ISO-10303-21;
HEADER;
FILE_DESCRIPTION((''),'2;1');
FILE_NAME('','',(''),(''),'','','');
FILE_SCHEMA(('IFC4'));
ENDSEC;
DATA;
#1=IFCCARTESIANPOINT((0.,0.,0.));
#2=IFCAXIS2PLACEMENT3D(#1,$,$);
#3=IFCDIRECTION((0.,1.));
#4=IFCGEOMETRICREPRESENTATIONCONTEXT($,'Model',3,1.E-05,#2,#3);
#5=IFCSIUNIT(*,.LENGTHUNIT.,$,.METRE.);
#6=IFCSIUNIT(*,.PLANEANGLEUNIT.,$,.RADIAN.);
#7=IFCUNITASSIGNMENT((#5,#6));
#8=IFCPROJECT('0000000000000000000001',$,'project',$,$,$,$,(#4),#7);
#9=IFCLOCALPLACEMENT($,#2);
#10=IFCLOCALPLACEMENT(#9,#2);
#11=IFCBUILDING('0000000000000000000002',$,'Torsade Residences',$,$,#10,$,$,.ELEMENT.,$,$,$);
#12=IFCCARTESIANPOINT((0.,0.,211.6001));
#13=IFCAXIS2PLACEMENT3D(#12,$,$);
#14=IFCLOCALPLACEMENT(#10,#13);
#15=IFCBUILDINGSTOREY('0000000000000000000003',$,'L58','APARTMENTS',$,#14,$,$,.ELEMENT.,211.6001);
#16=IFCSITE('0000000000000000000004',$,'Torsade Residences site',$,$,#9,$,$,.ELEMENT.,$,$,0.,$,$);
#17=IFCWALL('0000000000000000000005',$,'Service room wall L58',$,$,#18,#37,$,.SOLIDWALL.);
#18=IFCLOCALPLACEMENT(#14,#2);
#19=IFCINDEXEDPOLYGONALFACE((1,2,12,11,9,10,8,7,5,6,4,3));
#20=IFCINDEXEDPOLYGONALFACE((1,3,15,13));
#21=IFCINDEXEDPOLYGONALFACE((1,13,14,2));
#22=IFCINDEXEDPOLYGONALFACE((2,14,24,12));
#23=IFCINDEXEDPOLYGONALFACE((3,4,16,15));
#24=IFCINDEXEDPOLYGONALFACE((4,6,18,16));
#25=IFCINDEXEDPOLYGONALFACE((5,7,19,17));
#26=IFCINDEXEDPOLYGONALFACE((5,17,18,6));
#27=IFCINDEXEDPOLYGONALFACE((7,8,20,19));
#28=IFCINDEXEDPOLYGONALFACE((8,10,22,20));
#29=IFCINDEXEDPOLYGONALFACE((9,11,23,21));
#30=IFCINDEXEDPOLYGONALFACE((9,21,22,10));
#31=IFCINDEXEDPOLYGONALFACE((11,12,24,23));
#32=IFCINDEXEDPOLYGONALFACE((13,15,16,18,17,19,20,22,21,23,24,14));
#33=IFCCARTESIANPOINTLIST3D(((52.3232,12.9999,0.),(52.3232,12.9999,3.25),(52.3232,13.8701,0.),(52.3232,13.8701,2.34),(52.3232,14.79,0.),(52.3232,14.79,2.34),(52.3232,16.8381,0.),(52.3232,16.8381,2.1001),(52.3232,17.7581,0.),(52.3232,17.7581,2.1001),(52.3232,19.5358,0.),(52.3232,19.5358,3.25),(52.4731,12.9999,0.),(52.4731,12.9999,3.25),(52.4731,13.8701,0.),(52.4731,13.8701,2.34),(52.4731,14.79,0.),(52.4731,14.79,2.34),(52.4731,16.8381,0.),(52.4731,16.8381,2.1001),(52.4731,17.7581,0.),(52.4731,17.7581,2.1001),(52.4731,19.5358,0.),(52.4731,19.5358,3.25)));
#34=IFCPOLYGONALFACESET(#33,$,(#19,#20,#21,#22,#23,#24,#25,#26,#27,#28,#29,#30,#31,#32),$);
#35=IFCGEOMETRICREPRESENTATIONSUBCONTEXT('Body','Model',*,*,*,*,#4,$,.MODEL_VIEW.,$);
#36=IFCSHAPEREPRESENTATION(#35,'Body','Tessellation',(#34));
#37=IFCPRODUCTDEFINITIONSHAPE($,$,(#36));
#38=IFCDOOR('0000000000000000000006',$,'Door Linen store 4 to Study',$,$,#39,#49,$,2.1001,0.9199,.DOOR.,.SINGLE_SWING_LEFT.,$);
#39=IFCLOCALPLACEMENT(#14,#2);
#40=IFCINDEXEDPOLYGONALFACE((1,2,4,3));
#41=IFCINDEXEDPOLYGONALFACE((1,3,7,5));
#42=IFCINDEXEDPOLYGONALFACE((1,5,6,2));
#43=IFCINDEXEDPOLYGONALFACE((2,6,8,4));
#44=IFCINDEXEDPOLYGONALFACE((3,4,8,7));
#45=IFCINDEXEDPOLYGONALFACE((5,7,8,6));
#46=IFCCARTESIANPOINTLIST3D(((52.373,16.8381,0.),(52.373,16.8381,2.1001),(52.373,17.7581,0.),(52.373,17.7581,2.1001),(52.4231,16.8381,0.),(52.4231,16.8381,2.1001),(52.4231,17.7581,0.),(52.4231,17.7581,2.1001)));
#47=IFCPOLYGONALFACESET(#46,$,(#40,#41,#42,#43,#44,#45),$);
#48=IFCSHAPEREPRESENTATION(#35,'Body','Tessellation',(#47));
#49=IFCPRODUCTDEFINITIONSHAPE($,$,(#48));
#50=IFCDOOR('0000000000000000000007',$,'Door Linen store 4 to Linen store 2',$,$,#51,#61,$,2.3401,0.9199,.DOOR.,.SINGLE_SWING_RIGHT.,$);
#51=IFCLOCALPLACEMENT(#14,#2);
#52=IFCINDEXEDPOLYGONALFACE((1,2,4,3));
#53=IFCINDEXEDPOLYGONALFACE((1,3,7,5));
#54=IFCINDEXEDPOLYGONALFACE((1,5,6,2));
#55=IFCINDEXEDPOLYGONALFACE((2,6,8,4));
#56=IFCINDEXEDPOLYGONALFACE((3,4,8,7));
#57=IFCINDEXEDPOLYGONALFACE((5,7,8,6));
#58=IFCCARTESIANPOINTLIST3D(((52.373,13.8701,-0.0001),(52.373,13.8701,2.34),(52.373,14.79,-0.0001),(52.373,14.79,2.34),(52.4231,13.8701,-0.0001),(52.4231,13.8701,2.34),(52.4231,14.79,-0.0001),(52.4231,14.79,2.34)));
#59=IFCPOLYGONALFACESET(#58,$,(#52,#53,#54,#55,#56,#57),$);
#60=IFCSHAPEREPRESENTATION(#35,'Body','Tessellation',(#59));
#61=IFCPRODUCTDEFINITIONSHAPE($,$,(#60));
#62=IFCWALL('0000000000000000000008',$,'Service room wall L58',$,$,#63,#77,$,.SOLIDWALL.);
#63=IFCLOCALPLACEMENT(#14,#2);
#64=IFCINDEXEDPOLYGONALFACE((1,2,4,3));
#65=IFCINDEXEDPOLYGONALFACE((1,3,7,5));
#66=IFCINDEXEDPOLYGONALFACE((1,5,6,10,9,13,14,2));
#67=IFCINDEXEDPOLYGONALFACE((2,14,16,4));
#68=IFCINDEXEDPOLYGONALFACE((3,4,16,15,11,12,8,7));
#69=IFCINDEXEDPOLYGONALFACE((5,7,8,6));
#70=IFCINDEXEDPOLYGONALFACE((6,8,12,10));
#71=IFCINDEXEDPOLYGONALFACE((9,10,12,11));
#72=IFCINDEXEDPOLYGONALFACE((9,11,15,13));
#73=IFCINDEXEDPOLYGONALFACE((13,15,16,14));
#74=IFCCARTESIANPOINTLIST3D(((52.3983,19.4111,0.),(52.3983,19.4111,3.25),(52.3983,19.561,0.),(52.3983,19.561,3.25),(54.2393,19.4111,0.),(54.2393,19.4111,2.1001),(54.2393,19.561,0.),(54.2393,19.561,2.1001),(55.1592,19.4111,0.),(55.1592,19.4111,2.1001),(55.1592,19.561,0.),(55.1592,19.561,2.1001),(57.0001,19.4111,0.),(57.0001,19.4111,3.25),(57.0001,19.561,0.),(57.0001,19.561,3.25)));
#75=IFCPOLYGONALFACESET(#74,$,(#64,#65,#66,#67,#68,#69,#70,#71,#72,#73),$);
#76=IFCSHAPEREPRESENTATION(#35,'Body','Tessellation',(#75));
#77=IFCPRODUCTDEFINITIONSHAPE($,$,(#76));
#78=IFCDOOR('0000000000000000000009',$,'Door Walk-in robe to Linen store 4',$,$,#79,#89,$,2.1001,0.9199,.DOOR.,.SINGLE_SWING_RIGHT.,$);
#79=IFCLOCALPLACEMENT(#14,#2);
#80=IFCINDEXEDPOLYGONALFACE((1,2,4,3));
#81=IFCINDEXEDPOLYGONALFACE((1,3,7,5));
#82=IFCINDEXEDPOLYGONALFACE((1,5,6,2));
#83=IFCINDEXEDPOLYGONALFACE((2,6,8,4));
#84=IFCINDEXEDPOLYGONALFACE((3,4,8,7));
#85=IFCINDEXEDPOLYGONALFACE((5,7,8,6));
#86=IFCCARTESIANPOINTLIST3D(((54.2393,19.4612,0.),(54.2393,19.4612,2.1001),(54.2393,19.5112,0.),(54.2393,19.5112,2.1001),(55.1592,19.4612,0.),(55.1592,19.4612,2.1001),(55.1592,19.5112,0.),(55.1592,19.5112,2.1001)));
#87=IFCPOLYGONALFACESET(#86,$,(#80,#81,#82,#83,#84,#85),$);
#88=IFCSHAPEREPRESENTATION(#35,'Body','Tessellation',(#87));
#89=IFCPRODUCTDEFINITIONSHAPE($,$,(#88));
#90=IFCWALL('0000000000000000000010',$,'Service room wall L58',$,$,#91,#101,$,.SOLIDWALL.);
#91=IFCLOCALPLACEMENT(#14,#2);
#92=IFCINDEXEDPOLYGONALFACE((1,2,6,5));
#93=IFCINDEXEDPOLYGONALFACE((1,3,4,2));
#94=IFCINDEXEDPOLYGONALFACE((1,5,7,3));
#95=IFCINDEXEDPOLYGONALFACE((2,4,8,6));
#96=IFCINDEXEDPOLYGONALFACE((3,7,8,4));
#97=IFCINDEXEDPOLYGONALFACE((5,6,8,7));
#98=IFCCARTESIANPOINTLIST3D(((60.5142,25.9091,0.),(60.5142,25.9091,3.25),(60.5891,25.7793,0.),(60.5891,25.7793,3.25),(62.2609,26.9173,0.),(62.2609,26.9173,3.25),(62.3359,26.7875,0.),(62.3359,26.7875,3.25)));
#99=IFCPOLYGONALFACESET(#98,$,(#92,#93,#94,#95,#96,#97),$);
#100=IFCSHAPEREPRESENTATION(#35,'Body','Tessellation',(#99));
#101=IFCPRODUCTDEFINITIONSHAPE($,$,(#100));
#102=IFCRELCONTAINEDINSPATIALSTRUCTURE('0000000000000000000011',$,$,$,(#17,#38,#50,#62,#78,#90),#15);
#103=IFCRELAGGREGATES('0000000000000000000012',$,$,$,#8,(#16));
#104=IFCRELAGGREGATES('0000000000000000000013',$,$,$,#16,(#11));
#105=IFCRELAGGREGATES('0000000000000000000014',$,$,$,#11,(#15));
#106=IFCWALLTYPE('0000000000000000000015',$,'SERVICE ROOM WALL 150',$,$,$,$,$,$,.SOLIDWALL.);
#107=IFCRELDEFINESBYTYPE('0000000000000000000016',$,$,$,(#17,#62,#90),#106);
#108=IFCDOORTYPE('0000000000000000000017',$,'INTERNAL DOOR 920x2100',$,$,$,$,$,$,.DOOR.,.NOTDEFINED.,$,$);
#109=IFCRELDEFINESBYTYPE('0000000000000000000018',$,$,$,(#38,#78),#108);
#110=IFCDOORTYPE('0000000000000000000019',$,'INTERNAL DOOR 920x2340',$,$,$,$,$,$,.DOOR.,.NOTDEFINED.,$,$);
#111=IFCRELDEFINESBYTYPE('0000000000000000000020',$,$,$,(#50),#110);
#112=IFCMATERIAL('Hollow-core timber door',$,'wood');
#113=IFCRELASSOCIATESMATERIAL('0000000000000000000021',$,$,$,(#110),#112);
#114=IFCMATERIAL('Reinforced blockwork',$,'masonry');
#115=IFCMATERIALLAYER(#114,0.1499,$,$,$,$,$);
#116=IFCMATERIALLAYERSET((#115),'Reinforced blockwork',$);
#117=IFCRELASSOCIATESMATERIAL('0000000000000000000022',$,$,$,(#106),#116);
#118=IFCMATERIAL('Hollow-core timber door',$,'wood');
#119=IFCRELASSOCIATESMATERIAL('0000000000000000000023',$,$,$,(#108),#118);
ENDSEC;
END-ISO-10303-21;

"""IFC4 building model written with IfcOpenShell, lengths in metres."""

from ifc_helpers import new_model, si_unit, direction, frame, frame_2d, origin, place, context, subcontext, project, spatial, rectangle, extrude, material, layer, layer_set, type_object, element, fill, save


model = new_model("IFC4")

# Units and contexts
model_context = context("Model", 3, precision=1e-05, world=origin(), true_north=direction((0.0, 1.0)))
body_context = subcontext(model_context, "Body", "Model", "MODEL_VIEW")
ifc_project = project(units=[si_unit("LENGTHUNIT", "METRE"), si_unit("PLANEANGLEUNIT", "RADIAN")], contexts=[model_context])

# Site, building, storey
site_placement = place(None, origin())
site = spatial("IfcSite", under=ifc_project, at=site_placement, Name="Torsade Residences site", CompositionType="ELEMENT", RefElevation=0.0)
building_placement = place(site_placement, origin())
building = spatial("IfcBuilding", under=site, at=building_placement, Name="Torsade Residences", CompositionType="ELEMENT")
storey_placement = place(building_placement, frame((0.0, 0.0, 211.6001)))
storey = spatial("IfcBuildingStorey", under=building, at=storey_placement, Name="L58", Description="APARTMENTS", CompositionType="ELEMENT", Elevation=211.6001)

# Shared definitions
ifc_material_1 = material(Name="Hollow-core timber door", Category="wood")
door_type_1 = type_object("IfcDoorType", Name="INTERNAL DOOR 920x2340", OperationType="NOTDEFINED", PredefinedType="DOOR", material=ifc_material_1)

# Wall, openings, doors
ifc_material_2 = material(Name="Reinforced blockwork", Category="masonry")
ifc_layer_1 = layer(ifc_material_2, 0.1499)
ifc_layer_set_1 = layer_set([ifc_layer_1], Name="Reinforced blockwork")
wall_type_1 = type_object("IfcWallType", Name="SERVICE ROOM WALL 150", PredefinedType="SOLIDWALL", material=ifc_layer_set_1)
wall_1_placement = place(storey_placement, frame((52.3982, 19.5359, 0.0), z_axis=(0.0, 0.0, 1.0), x_axis=(0.0, -1.0, 0.0)))
wall_1 = element("IfcWall", 1, at=wall_1_placement, inside=storey, type_object=wall_type_1, Name="Service room wall L58", PredefinedType="SOLIDWALL", context=body_context, shape_type="SweptSolid", body=[
    extrude(rectangle(XDim=6.5359, YDim=0.1499, at=frame_2d((3.2681, 0.0))), origin(), (0.0, 0.0, 1.0), 3.25),
])
opening_1_placement = place(wall_1_placement, frame((1.7778, 0.0, 0.0)))
opening_1 = element("IfcOpeningElement", 2, at=opening_1_placement, cuts=wall_1, PredefinedType="OPENING", context=body_context, shape_type="SweptSolid", body=[
    extrude(rectangle(XDim=0.9199, YDim=2.1001, at=frame_2d((0.46, 1.05))), frame((0.0, 0.085, 0.0), z_axis=(0.0, -1.0, 0.0), x_axis=(1.0, 0.0, 0.0)), (0.0, 0.0, 1.0), 0.1699),
])
opening_2_placement = place(wall_1_placement, frame((4.7458, 0.0, 0.0)))
opening_2 = element("IfcOpeningElement", 3, at=opening_2_placement, cuts=wall_1, PredefinedType="OPENING", context=body_context, shape_type="SweptSolid", body=[
    extrude(rectangle(XDim=0.9199, YDim=2.3401, at=frame_2d((0.46, 1.1699))), frame((0.0, 0.085, 0.0), z_axis=(0.0, -1.0, 0.0), x_axis=(1.0, 0.0, 0.0)), (0.0, 0.0, 1.0), 0.1699),
])
ifc_material_3 = material(Name="Hollow-core timber door", Category="wood")
door_type_2 = type_object("IfcDoorType", Name="INTERNAL DOOR 920x2100", OperationType="NOTDEFINED", PredefinedType="DOOR", material=ifc_material_3)
door_1_placement = place(opening_1_placement, origin())
door_1 = element("IfcDoor", 4, at=door_1_placement, inside=storey, type_object=door_type_2, Name="Door Linen store 4 to Study", OperationType="SINGLE_SWING_LEFT", OverallHeight=2.1001, OverallWidth=0.9199, PredefinedType="DOOR", context=body_context, shape_type="SweptSolid", body=[
    extrude(rectangle(XDim=0.9199, YDim=2.1001, at=frame_2d((0.46, 1.05))), frame((0.0, 0.0249, 0.0), z_axis=(0.0, -1.0, 0.0), x_axis=(1.0, 0.0, 0.0)), (0.0, 0.0, 1.0), 0.05),
])
fill(opening_1, door_1)
door_2_placement = place(opening_2_placement, origin())
door_2 = element("IfcDoor", 5, at=door_2_placement, inside=storey, type_object=door_type_1, Name="Door Linen store 4 to Linen store 2", OperationType="SINGLE_SWING_RIGHT", OverallHeight=2.3401, OverallWidth=0.9199, PredefinedType="DOOR", context=body_context, shape_type="SweptSolid", body=[
    extrude(rectangle(XDim=0.9199, YDim=2.3401, at=frame_2d((0.46, 1.1699))), frame((0.0, 0.0249, 0.0), z_axis=(0.0, -1.0, 0.0), x_axis=(1.0, 0.0, 0.0)), (0.0, 0.0, 1.0), 0.05),
])
fill(opening_2, door_2)

# Wall, opening, door
wall_2_placement = place(storey_placement, frame((57.0, 19.4861, 0.0), z_axis=(0.0, 0.0, 1.0), x_axis=(-1.0, 0.0, 0.0)))
wall_2 = element("IfcWall", 6, at=wall_2_placement, inside=storey, type_object=wall_type_1, Name="Service room wall L58", PredefinedType="SOLIDWALL", context=body_context, shape_type="SweptSolid", body=[
    extrude(rectangle(XDim=4.6018, YDim=0.1499, at=frame_2d((2.3008, 0.0))), origin(), (0.0, 0.0, 1.0), 3.25),
])
opening_3_placement = place(wall_2_placement, frame((1.8408, 0.0, 0.0)))
opening_3 = element("IfcOpeningElement", 7, at=opening_3_placement, cuts=wall_2, PredefinedType="OPENING", context=body_context, shape_type="SweptSolid", body=[
    extrude(rectangle(XDim=0.9199, YDim=2.1001, at=frame_2d((0.46, 1.05))), frame((0.0, 0.085, 0.0), z_axis=(0.0, -1.0, 0.0), x_axis=(1.0, 0.0, 0.0)), (0.0, 0.0, 1.0), 0.1699),
])
door_3_placement = place(opening_3_placement, origin())
door_3 = element("IfcDoor", 8, at=door_3_placement, inside=storey, type_object=door_type_2, Name="Door Walk-in robe to Linen store 4", OperationType="SINGLE_SWING_RIGHT", OverallHeight=2.1001, OverallWidth=0.9199, PredefinedType="DOOR", context=body_context, shape_type="SweptSolid", body=[
    extrude(rectangle(XDim=0.9199, YDim=2.1001, at=frame_2d((0.46, 1.05))), frame((0.0, 0.0249, 0.0), z_axis=(0.0, -1.0, 0.0), x_axis=(1.0, 0.0, 0.0)), (0.0, 0.0, 1.0), 0.05),
])
fill(opening_3, door_3)

# Wall
wall_3_placement = place(storey_placement, frame((60.5518, 25.8442, 0.0), z_axis=(0.0, 0.0, 1.0), x_axis=(0.866075, 0.499915, 0.0)))
element("IfcWall", 9, at=wall_3_placement, inside=storey, type_object=wall_type_1, Name="Service room wall L58", PredefinedType="SOLIDWALL", context=body_context, shape_type="SweptSolid", body=[
    extrude(rectangle(XDim=2.0168, YDim=0.1499, at=frame_2d((1.0083, 0.0))), origin(), (0.0, 0.0, 1.0), 3.25),
])

save(model, "model.ifc")
